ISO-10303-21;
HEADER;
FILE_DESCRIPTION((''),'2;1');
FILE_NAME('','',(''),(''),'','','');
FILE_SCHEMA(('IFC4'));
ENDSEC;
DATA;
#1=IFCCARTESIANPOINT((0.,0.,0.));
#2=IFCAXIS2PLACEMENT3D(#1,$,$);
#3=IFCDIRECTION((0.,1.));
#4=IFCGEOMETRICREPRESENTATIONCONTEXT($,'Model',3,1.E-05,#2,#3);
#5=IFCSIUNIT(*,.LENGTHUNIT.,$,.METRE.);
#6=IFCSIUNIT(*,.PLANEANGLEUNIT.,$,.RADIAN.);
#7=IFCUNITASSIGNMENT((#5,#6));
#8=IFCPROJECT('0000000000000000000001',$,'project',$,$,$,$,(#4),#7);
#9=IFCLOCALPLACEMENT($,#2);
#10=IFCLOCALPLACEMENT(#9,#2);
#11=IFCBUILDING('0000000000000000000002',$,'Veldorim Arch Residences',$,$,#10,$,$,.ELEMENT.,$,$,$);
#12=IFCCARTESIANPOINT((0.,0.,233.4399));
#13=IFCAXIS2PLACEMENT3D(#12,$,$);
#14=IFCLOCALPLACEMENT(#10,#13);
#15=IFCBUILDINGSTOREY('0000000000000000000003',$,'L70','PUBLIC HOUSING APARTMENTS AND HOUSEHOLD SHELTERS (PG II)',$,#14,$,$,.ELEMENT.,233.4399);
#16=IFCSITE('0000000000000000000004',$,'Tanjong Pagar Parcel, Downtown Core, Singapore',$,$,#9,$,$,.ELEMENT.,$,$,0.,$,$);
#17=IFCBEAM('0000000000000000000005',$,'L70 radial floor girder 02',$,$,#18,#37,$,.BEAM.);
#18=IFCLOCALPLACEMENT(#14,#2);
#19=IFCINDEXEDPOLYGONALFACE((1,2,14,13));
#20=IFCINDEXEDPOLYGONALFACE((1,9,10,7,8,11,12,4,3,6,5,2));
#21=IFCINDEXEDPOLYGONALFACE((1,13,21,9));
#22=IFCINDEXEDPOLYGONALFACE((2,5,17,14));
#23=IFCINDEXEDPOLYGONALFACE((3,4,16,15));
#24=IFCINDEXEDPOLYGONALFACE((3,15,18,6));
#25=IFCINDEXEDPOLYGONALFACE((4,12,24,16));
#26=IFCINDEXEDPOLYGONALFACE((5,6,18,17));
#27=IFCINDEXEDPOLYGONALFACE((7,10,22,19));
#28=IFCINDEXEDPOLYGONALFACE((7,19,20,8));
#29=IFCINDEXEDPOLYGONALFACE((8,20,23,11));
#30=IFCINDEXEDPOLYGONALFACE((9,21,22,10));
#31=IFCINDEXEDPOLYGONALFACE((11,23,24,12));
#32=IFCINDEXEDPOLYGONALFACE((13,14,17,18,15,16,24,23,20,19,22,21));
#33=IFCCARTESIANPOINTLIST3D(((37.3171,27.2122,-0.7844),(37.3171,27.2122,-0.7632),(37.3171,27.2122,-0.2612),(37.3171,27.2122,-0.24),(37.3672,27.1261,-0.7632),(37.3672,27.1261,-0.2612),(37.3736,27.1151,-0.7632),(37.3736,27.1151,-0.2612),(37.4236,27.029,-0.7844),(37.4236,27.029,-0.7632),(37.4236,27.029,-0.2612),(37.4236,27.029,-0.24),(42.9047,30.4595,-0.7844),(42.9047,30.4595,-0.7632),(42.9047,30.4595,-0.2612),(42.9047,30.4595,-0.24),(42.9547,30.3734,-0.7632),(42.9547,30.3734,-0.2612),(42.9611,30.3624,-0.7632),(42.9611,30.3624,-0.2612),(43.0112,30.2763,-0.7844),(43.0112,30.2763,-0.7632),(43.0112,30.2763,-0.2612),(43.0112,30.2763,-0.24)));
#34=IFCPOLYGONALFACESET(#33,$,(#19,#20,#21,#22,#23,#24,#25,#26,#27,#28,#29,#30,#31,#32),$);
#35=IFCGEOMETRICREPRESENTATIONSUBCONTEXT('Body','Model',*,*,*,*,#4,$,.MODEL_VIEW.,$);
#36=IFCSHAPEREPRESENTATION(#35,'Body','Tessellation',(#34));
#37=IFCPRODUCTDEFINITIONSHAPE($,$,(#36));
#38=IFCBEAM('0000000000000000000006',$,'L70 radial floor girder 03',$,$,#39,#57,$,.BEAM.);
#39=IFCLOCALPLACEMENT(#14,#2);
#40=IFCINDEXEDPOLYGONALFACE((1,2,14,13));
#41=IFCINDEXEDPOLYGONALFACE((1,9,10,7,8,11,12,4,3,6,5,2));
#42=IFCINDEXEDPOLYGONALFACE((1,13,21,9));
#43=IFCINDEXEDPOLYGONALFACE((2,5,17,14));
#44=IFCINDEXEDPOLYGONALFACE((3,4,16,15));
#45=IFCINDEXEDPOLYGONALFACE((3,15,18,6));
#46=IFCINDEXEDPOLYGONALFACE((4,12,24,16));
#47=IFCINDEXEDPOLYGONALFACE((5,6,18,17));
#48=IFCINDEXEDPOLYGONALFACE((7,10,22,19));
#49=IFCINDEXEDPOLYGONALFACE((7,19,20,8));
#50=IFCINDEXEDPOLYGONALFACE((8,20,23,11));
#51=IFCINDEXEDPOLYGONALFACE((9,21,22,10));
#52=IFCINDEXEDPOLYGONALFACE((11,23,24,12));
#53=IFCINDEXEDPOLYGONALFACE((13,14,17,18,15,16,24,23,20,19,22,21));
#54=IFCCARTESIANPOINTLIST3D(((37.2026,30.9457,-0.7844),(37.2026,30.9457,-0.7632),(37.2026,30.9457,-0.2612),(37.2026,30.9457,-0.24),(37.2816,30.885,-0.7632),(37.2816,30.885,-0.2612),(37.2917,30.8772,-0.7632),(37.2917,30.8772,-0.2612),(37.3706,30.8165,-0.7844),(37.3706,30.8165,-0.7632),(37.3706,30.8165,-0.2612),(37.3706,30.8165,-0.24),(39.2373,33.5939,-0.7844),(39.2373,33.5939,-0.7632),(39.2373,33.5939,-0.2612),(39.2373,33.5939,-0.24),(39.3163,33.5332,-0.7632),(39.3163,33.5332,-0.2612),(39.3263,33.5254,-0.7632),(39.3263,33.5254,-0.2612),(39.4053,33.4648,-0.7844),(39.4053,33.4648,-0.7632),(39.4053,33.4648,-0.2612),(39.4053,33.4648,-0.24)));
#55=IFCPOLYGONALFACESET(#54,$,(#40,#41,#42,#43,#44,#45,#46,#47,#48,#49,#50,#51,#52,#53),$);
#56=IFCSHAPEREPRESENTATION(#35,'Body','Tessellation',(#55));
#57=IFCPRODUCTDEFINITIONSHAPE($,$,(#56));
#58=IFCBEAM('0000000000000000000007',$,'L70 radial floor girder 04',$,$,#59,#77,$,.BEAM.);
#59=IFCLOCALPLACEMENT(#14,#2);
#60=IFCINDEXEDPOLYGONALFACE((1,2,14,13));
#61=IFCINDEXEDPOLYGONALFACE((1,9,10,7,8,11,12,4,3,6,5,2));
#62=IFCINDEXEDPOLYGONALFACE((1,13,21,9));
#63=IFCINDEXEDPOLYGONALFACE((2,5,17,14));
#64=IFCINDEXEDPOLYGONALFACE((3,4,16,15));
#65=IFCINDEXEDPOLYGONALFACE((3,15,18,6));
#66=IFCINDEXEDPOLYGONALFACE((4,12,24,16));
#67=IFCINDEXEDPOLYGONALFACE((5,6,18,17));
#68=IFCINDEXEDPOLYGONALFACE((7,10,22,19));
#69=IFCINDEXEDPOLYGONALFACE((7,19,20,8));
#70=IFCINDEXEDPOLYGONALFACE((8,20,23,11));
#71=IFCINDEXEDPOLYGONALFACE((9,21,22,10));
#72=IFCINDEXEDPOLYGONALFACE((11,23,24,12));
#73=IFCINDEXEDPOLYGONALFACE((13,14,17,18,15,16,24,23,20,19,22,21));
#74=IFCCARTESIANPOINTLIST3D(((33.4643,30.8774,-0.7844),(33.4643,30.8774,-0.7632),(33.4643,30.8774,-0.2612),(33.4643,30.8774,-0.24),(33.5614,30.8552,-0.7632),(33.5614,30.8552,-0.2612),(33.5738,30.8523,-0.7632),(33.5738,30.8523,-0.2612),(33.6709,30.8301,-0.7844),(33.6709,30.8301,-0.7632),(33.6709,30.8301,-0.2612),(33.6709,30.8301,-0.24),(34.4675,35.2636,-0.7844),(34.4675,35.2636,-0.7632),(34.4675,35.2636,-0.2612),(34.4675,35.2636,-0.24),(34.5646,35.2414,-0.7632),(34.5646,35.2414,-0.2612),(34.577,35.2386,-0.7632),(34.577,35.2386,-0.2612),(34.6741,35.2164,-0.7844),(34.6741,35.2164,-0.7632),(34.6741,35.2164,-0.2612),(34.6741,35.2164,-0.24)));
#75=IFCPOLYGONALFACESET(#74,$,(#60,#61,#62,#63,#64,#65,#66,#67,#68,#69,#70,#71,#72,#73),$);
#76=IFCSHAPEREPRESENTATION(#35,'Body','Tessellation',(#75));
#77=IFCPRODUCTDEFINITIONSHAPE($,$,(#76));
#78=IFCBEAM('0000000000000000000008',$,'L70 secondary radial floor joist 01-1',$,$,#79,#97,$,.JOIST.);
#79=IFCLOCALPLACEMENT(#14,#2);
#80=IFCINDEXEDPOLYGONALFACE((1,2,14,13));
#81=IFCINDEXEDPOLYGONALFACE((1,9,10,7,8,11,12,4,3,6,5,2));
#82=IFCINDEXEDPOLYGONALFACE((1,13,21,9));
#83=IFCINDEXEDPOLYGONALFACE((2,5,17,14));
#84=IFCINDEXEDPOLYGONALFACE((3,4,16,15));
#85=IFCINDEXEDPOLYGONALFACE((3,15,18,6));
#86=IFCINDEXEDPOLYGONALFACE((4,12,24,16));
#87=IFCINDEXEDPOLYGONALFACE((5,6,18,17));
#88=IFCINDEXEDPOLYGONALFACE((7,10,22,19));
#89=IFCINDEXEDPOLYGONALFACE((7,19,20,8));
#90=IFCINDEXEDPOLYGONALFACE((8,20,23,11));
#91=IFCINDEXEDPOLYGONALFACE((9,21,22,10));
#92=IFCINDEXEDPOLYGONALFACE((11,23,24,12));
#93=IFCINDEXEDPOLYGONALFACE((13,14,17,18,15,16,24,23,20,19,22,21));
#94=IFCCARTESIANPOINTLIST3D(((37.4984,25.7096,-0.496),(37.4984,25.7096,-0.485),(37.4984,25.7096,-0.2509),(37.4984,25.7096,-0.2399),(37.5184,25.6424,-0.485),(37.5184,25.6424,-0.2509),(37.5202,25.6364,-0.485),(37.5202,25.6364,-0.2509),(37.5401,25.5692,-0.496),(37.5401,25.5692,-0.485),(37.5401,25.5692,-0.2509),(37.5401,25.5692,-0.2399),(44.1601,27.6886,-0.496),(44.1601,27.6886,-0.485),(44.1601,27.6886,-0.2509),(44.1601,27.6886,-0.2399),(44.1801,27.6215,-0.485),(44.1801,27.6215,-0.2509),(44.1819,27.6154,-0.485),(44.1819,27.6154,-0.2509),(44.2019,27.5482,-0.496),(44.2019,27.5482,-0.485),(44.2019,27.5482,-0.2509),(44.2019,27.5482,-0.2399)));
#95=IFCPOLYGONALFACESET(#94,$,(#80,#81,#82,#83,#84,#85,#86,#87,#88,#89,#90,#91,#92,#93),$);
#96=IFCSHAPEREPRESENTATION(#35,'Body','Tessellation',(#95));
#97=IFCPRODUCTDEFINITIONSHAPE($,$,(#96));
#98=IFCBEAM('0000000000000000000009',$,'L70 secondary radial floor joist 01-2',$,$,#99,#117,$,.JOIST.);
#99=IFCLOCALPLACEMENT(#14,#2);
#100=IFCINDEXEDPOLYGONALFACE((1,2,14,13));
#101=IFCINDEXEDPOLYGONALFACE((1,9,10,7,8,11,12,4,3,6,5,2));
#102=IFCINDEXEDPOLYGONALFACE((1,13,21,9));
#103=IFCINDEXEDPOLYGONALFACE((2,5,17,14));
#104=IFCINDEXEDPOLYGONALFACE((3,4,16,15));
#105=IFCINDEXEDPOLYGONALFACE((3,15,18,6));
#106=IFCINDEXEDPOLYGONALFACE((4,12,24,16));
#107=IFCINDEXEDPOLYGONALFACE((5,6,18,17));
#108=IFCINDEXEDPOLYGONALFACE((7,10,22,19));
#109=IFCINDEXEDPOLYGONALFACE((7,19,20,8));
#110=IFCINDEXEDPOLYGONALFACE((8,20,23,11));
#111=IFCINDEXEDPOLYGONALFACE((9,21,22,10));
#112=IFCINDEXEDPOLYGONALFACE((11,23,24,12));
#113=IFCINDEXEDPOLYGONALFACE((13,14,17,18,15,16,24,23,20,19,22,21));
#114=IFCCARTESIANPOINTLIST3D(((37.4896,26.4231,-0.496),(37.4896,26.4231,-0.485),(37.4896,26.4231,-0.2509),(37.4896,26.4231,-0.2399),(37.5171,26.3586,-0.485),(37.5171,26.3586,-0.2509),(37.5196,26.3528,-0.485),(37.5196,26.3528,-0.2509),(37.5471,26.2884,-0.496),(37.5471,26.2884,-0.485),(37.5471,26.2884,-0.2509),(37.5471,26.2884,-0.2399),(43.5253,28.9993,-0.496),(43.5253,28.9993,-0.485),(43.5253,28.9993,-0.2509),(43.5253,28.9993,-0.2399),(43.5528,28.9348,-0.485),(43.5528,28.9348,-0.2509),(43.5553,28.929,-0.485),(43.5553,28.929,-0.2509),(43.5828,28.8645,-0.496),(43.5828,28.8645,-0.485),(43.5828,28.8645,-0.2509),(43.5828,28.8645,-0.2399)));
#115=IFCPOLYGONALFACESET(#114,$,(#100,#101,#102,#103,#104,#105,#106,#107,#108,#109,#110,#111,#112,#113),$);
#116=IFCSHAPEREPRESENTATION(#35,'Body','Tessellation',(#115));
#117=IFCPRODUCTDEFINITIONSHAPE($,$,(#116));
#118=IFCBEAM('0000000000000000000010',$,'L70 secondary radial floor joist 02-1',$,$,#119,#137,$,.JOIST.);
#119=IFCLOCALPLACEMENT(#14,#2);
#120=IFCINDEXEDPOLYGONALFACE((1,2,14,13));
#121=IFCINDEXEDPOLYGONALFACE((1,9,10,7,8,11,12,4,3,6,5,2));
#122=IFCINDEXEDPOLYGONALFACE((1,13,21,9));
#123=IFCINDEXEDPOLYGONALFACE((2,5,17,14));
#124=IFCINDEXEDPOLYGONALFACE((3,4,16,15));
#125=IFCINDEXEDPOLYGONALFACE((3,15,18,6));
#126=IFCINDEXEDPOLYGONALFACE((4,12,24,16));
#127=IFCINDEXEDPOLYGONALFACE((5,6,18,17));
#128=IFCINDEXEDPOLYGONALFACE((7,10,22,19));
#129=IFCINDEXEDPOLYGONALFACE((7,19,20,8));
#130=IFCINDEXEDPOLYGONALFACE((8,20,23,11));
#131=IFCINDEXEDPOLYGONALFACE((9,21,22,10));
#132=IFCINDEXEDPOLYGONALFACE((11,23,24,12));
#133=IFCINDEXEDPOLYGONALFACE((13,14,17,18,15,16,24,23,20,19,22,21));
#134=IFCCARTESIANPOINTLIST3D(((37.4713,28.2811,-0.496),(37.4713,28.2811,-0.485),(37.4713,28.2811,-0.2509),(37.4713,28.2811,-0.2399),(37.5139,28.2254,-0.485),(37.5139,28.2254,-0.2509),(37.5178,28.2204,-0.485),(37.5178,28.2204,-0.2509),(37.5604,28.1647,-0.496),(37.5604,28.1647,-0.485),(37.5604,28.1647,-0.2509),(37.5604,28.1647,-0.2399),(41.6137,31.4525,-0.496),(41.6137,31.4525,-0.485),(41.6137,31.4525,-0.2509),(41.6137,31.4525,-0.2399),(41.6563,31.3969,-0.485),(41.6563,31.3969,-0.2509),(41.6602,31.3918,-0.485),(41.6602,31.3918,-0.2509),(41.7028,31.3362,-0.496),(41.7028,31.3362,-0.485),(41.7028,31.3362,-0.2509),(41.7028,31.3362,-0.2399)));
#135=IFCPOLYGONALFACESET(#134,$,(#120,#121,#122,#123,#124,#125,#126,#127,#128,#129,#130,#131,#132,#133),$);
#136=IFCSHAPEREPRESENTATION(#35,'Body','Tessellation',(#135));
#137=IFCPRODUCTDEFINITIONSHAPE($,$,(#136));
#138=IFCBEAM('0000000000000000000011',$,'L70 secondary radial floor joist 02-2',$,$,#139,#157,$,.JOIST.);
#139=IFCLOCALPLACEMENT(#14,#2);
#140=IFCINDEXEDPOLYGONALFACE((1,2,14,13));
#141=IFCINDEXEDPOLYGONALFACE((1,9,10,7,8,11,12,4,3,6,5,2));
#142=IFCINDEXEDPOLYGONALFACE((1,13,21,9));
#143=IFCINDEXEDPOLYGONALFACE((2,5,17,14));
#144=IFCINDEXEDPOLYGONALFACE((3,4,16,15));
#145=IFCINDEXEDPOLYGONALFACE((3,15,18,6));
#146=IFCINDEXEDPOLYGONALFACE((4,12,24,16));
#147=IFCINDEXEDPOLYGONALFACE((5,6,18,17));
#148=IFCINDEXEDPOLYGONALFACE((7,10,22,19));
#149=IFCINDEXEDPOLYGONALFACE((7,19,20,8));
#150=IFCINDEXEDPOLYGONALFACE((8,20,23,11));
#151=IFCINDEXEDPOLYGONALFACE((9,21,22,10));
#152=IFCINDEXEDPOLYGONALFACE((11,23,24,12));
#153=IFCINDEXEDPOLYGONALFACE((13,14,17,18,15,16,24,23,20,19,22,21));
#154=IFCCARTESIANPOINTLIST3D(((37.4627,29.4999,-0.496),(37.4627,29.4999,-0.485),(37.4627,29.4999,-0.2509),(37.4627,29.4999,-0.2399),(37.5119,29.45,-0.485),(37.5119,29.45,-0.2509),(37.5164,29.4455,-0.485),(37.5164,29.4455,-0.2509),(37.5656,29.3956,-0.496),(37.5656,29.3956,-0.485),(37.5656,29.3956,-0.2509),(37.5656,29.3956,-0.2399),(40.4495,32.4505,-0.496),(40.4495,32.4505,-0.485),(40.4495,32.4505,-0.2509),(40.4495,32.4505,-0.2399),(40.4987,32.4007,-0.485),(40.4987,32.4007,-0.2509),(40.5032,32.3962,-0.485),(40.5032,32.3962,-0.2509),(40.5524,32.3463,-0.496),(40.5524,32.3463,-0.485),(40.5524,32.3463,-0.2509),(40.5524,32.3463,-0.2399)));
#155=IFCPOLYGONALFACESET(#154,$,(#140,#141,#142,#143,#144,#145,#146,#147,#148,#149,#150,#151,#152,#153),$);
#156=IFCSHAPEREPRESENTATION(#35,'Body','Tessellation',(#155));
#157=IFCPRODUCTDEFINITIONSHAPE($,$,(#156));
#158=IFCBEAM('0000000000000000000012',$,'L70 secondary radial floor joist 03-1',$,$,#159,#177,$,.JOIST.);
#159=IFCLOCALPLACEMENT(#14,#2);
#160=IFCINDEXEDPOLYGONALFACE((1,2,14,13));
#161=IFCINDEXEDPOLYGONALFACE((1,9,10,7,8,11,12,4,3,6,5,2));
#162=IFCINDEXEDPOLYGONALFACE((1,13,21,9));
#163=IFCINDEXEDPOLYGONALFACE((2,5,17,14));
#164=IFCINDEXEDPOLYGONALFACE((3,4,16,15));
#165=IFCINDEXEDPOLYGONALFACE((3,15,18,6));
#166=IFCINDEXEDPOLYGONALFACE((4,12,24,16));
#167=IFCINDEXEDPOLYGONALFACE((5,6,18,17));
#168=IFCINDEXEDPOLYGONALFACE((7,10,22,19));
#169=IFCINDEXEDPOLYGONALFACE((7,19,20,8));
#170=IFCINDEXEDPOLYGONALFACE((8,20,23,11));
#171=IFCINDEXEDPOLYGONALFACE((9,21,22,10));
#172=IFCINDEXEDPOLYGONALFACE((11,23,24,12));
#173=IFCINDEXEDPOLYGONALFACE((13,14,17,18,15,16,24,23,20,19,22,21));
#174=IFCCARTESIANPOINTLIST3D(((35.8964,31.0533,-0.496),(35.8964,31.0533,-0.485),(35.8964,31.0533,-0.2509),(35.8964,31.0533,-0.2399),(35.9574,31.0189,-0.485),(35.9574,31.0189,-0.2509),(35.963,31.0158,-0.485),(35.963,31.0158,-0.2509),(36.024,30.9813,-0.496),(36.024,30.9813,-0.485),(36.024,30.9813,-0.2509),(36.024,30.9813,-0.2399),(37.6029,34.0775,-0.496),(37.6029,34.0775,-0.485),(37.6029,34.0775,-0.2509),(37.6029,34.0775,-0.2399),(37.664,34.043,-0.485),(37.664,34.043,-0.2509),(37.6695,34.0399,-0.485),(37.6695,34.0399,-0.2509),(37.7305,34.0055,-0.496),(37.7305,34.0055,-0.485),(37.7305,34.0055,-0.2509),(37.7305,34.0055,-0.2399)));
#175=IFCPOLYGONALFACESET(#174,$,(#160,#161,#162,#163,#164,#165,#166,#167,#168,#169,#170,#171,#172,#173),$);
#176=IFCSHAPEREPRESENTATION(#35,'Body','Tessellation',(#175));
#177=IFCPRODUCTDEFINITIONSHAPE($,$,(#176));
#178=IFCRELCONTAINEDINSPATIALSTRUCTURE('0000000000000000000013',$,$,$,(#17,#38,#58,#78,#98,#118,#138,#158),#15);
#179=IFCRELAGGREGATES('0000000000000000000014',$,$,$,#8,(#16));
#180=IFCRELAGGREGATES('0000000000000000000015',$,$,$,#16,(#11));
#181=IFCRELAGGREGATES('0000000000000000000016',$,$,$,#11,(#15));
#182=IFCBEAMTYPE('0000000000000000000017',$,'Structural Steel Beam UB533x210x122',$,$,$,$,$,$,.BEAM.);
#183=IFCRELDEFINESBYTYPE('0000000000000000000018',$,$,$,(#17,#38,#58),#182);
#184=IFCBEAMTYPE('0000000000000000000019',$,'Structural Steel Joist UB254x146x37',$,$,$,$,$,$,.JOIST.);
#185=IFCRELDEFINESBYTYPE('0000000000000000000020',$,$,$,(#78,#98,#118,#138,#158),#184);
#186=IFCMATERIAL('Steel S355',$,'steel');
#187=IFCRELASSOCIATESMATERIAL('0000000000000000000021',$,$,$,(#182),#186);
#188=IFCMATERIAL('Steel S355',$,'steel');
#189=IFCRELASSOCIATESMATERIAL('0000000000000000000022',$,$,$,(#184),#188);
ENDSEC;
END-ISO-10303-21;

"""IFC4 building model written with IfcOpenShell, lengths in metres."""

from ifc_helpers import new_model, si_unit, direction, frame, origin, origin_2d, place, context, subcontext, project, spatial, i_section, extrude, material, material_profile, profile_set, type_object, element, save


model = new_model("IFC4")

# Units and contexts
model_context = context("Model", 3, precision=1e-05, world=origin(), true_north=direction((0.0, 1.0)))
body_context = subcontext(model_context, "Body", "Model", "MODEL_VIEW")
ifc_project = project(units=[si_unit("LENGTHUNIT", "METRE"), si_unit("PLANEANGLEUNIT", "RADIAN")], contexts=[model_context])

# Site, building, storey
site_placement = place(None, origin())
site = spatial("IfcSite", under=ifc_project, at=site_placement, Name="Tanjong Pagar Parcel, Downtown Core, Singapore", CompositionType="ELEMENT", RefElevation=0.0)
building_placement = place(site_placement, origin())
building = spatial("IfcBuilding", under=site, at=building_placement, Name="Veldorim Arch Residences", CompositionType="ELEMENT")
storey_placement = place(building_placement, frame((0.0, 0.0, 233.4399)))
storey = spatial("IfcBuildingStorey", under=building, at=storey_placement, Name="L70", Description="PUBLIC HOUSING APARTMENTS AND HOUSEHOLD SHELTERS (PG II)", CompositionType="ELEMENT", Elevation=233.4399)

# Beams
ifc_material_1 = material(Name="Steel S355", Category="steel")
ifc_material_profile_1 = material_profile(ifc_material_1, i_section(OverallWidth=0.2119, OverallDepth=0.5444, WebThickness=0.0127, FlangeThickness=0.0212, at=origin_2d()), Name="UB533x210x122")
ifc_profile_set_1 = profile_set([ifc_material_profile_1], Name="Steel S355")
beam_type_1 = type_object("IfcBeamType", Name="Structural Steel Beam UB533x210x122", PredefinedType="BEAM", material=ifc_profile_set_1)
beam_1_placement = place(storey_placement, frame((37.3704, 27.1206, -0.5122), z_axis=(0.864596, 0.502468, 0.0), x_axis=(-0.502468, 0.864596, 0.0)))
element("IfcBeam", 1, at=beam_1_placement, inside=storey, type_object=beam_type_1, Name="L70 radial floor girder 02", PredefinedType="BEAM", context=body_context, shape_type="SweptSolid", body=[
    extrude(i_section(OverallWidth=0.2119, OverallDepth=0.5444, WebThickness=0.0127, FlangeThickness=0.0212, at=origin_2d()), origin(), (0.0, 0.0, 1.0), 6.4626),
])
beam_2_placement = place(storey_placement, frame((37.2866, 30.8811, -0.5122), z_axis=(0.609258, 0.792972, 0.0), x_axis=(-0.792972, 0.609258, 0.0)))
element("IfcBeam", 2, at=beam_2_placement, inside=storey, type_object=beam_type_1, Name="L70 radial floor girder 03", PredefinedType="BEAM", context=body_context, shape_type="SweptSolid", body=[
    extrude(i_section(OverallWidth=0.2119, OverallDepth=0.5444, WebThickness=0.0127, FlangeThickness=0.0212, at=origin_2d()), origin(), (0.0, 0.0, 1.0), 3.3396),
])
beam_3_placement = place(storey_placement, frame((33.5676, 30.8538, -0.5122), z_axis=(0.222953, 0.974829, 0.0), x_axis=(-0.974829, 0.222953, 0.0)))
element("IfcBeam", 3, at=beam_3_placement, inside=storey, type_object=beam_type_1, Name="L70 radial floor girder 04", PredefinedType="BEAM", context=body_context, shape_type="SweptSolid", body=[
    extrude(i_section(OverallWidth=0.2119, OverallDepth=0.5444, WebThickness=0.0127, FlangeThickness=0.0212, at=origin_2d()), origin(), (0.0, 0.0, 1.0), 4.4995),
])
ifc_material_2 = material(Name="Steel S355", Category="steel")
ifc_material_profile_2 = material_profile(ifc_material_2, i_section(OverallWidth=0.1465, OverallDepth=0.2561, WebThickness=0.0063, FlangeThickness=0.011, at=origin_2d()), Name="UB254x146x37")
ifc_profile_set_2 = profile_set([ifc_material_profile_2], Name="Steel S355")
beam_type_2 = type_object("IfcBeamType", Name="Structural Steel Joist UB254x146x37", PredefinedType="JOIST", material=ifc_profile_set_2)
beam_4_placement = place(storey_placement, frame((37.5193, 25.6394, -0.3679), z_axis=(0.958594, 0.284775, 0.0), x_axis=(-0.284775, 0.958594, 0.0)))
element("IfcBeam", 4, at=beam_4_placement, inside=storey, type_object=beam_type_2, Name="L70 secondary radial floor joist 01-1", PredefinedType="JOIST", context=body_context, shape_type="SweptSolid", body=[
    extrude(i_section(OverallWidth=0.1465, OverallDepth=0.2561, WebThickness=0.0063, FlangeThickness=0.011, at=origin_2d()), origin(), (0.0, 0.0, 1.0), 6.9495),
])
beam_5_placement = place(storey_placement, frame((37.5183, 26.3557, -0.3679), z_axis=(0.919725, 0.392563, 0.0), x_axis=(-0.392563, 0.919725, 0.0)))
element("IfcBeam", 5, at=beam_5_placement, inside=storey, type_object=beam_type_2, Name="L70 secondary radial floor joist 01-2", PredefinedType="JOIST", context=body_context, shape_type="SweptSolid", body=[
    extrude(i_section(OverallWidth=0.1465, OverallDepth=0.2561, WebThickness=0.0063, FlangeThickness=0.011, at=origin_2d()), origin(), (0.0, 0.0, 1.0), 6.5625),
])
beam_6_placement = place(storey_placement, frame((37.5159, 28.2229, -0.3679), z_axis=(0.794014, 0.6079, 0.0), x_axis=(-0.6079, 0.794014, 0.0)))
element("IfcBeam", 6, at=beam_6_placement, inside=storey, type_object=beam_type_2, Name="L70 secondary radial floor joist 02-1", PredefinedType="JOIST", context=body_context, shape_type="SweptSolid", body=[
    extrude(i_section(OverallWidth=0.1465, OverallDepth=0.2561, WebThickness=0.0063, FlangeThickness=0.011, at=origin_2d()), origin(), (0.0, 0.0, 1.0), 5.217),
])
beam_7_placement = place(storey_placement, frame((37.5142, 29.4478, -0.3679), z_axis=(0.711397, 0.702791, 0.0), x_axis=(-0.702791, 0.711397, 0.0)))
element("IfcBeam", 7, at=beam_7_placement, inside=storey, type_object=beam_type_2, Name="L70 secondary radial floor joist 02-2", PredefinedType="JOIST", context=body_context, shape_type="SweptSolid", body=[
    extrude(i_section(OverallWidth=0.1465, OverallDepth=0.2561, WebThickness=0.0063, FlangeThickness=0.011, at=origin_2d()), origin(), (0.0, 0.0, 1.0), 4.1985),
])
beam_8_placement = place(storey_placement, frame((35.9602, 31.0173, -0.3679), z_axis=(0.491452, 0.870904, 0.0), x_axis=(-0.870904, 0.491452, 0.0)))
element("IfcBeam", 8, at=beam_8_placement, inside=storey, type_object=beam_type_2, Name="L70 secondary radial floor joist 03-1", PredefinedType="JOIST", context=body_context, shape_type="SweptSolid", body=[
    extrude(i_section(OverallWidth=0.1465, OverallDepth=0.2561, WebThickness=0.0063, FlangeThickness=0.011, at=origin_2d()), origin(), (0.0, 0.0, 1.0), 3.4724),
])

save(model, "model.ifc")
